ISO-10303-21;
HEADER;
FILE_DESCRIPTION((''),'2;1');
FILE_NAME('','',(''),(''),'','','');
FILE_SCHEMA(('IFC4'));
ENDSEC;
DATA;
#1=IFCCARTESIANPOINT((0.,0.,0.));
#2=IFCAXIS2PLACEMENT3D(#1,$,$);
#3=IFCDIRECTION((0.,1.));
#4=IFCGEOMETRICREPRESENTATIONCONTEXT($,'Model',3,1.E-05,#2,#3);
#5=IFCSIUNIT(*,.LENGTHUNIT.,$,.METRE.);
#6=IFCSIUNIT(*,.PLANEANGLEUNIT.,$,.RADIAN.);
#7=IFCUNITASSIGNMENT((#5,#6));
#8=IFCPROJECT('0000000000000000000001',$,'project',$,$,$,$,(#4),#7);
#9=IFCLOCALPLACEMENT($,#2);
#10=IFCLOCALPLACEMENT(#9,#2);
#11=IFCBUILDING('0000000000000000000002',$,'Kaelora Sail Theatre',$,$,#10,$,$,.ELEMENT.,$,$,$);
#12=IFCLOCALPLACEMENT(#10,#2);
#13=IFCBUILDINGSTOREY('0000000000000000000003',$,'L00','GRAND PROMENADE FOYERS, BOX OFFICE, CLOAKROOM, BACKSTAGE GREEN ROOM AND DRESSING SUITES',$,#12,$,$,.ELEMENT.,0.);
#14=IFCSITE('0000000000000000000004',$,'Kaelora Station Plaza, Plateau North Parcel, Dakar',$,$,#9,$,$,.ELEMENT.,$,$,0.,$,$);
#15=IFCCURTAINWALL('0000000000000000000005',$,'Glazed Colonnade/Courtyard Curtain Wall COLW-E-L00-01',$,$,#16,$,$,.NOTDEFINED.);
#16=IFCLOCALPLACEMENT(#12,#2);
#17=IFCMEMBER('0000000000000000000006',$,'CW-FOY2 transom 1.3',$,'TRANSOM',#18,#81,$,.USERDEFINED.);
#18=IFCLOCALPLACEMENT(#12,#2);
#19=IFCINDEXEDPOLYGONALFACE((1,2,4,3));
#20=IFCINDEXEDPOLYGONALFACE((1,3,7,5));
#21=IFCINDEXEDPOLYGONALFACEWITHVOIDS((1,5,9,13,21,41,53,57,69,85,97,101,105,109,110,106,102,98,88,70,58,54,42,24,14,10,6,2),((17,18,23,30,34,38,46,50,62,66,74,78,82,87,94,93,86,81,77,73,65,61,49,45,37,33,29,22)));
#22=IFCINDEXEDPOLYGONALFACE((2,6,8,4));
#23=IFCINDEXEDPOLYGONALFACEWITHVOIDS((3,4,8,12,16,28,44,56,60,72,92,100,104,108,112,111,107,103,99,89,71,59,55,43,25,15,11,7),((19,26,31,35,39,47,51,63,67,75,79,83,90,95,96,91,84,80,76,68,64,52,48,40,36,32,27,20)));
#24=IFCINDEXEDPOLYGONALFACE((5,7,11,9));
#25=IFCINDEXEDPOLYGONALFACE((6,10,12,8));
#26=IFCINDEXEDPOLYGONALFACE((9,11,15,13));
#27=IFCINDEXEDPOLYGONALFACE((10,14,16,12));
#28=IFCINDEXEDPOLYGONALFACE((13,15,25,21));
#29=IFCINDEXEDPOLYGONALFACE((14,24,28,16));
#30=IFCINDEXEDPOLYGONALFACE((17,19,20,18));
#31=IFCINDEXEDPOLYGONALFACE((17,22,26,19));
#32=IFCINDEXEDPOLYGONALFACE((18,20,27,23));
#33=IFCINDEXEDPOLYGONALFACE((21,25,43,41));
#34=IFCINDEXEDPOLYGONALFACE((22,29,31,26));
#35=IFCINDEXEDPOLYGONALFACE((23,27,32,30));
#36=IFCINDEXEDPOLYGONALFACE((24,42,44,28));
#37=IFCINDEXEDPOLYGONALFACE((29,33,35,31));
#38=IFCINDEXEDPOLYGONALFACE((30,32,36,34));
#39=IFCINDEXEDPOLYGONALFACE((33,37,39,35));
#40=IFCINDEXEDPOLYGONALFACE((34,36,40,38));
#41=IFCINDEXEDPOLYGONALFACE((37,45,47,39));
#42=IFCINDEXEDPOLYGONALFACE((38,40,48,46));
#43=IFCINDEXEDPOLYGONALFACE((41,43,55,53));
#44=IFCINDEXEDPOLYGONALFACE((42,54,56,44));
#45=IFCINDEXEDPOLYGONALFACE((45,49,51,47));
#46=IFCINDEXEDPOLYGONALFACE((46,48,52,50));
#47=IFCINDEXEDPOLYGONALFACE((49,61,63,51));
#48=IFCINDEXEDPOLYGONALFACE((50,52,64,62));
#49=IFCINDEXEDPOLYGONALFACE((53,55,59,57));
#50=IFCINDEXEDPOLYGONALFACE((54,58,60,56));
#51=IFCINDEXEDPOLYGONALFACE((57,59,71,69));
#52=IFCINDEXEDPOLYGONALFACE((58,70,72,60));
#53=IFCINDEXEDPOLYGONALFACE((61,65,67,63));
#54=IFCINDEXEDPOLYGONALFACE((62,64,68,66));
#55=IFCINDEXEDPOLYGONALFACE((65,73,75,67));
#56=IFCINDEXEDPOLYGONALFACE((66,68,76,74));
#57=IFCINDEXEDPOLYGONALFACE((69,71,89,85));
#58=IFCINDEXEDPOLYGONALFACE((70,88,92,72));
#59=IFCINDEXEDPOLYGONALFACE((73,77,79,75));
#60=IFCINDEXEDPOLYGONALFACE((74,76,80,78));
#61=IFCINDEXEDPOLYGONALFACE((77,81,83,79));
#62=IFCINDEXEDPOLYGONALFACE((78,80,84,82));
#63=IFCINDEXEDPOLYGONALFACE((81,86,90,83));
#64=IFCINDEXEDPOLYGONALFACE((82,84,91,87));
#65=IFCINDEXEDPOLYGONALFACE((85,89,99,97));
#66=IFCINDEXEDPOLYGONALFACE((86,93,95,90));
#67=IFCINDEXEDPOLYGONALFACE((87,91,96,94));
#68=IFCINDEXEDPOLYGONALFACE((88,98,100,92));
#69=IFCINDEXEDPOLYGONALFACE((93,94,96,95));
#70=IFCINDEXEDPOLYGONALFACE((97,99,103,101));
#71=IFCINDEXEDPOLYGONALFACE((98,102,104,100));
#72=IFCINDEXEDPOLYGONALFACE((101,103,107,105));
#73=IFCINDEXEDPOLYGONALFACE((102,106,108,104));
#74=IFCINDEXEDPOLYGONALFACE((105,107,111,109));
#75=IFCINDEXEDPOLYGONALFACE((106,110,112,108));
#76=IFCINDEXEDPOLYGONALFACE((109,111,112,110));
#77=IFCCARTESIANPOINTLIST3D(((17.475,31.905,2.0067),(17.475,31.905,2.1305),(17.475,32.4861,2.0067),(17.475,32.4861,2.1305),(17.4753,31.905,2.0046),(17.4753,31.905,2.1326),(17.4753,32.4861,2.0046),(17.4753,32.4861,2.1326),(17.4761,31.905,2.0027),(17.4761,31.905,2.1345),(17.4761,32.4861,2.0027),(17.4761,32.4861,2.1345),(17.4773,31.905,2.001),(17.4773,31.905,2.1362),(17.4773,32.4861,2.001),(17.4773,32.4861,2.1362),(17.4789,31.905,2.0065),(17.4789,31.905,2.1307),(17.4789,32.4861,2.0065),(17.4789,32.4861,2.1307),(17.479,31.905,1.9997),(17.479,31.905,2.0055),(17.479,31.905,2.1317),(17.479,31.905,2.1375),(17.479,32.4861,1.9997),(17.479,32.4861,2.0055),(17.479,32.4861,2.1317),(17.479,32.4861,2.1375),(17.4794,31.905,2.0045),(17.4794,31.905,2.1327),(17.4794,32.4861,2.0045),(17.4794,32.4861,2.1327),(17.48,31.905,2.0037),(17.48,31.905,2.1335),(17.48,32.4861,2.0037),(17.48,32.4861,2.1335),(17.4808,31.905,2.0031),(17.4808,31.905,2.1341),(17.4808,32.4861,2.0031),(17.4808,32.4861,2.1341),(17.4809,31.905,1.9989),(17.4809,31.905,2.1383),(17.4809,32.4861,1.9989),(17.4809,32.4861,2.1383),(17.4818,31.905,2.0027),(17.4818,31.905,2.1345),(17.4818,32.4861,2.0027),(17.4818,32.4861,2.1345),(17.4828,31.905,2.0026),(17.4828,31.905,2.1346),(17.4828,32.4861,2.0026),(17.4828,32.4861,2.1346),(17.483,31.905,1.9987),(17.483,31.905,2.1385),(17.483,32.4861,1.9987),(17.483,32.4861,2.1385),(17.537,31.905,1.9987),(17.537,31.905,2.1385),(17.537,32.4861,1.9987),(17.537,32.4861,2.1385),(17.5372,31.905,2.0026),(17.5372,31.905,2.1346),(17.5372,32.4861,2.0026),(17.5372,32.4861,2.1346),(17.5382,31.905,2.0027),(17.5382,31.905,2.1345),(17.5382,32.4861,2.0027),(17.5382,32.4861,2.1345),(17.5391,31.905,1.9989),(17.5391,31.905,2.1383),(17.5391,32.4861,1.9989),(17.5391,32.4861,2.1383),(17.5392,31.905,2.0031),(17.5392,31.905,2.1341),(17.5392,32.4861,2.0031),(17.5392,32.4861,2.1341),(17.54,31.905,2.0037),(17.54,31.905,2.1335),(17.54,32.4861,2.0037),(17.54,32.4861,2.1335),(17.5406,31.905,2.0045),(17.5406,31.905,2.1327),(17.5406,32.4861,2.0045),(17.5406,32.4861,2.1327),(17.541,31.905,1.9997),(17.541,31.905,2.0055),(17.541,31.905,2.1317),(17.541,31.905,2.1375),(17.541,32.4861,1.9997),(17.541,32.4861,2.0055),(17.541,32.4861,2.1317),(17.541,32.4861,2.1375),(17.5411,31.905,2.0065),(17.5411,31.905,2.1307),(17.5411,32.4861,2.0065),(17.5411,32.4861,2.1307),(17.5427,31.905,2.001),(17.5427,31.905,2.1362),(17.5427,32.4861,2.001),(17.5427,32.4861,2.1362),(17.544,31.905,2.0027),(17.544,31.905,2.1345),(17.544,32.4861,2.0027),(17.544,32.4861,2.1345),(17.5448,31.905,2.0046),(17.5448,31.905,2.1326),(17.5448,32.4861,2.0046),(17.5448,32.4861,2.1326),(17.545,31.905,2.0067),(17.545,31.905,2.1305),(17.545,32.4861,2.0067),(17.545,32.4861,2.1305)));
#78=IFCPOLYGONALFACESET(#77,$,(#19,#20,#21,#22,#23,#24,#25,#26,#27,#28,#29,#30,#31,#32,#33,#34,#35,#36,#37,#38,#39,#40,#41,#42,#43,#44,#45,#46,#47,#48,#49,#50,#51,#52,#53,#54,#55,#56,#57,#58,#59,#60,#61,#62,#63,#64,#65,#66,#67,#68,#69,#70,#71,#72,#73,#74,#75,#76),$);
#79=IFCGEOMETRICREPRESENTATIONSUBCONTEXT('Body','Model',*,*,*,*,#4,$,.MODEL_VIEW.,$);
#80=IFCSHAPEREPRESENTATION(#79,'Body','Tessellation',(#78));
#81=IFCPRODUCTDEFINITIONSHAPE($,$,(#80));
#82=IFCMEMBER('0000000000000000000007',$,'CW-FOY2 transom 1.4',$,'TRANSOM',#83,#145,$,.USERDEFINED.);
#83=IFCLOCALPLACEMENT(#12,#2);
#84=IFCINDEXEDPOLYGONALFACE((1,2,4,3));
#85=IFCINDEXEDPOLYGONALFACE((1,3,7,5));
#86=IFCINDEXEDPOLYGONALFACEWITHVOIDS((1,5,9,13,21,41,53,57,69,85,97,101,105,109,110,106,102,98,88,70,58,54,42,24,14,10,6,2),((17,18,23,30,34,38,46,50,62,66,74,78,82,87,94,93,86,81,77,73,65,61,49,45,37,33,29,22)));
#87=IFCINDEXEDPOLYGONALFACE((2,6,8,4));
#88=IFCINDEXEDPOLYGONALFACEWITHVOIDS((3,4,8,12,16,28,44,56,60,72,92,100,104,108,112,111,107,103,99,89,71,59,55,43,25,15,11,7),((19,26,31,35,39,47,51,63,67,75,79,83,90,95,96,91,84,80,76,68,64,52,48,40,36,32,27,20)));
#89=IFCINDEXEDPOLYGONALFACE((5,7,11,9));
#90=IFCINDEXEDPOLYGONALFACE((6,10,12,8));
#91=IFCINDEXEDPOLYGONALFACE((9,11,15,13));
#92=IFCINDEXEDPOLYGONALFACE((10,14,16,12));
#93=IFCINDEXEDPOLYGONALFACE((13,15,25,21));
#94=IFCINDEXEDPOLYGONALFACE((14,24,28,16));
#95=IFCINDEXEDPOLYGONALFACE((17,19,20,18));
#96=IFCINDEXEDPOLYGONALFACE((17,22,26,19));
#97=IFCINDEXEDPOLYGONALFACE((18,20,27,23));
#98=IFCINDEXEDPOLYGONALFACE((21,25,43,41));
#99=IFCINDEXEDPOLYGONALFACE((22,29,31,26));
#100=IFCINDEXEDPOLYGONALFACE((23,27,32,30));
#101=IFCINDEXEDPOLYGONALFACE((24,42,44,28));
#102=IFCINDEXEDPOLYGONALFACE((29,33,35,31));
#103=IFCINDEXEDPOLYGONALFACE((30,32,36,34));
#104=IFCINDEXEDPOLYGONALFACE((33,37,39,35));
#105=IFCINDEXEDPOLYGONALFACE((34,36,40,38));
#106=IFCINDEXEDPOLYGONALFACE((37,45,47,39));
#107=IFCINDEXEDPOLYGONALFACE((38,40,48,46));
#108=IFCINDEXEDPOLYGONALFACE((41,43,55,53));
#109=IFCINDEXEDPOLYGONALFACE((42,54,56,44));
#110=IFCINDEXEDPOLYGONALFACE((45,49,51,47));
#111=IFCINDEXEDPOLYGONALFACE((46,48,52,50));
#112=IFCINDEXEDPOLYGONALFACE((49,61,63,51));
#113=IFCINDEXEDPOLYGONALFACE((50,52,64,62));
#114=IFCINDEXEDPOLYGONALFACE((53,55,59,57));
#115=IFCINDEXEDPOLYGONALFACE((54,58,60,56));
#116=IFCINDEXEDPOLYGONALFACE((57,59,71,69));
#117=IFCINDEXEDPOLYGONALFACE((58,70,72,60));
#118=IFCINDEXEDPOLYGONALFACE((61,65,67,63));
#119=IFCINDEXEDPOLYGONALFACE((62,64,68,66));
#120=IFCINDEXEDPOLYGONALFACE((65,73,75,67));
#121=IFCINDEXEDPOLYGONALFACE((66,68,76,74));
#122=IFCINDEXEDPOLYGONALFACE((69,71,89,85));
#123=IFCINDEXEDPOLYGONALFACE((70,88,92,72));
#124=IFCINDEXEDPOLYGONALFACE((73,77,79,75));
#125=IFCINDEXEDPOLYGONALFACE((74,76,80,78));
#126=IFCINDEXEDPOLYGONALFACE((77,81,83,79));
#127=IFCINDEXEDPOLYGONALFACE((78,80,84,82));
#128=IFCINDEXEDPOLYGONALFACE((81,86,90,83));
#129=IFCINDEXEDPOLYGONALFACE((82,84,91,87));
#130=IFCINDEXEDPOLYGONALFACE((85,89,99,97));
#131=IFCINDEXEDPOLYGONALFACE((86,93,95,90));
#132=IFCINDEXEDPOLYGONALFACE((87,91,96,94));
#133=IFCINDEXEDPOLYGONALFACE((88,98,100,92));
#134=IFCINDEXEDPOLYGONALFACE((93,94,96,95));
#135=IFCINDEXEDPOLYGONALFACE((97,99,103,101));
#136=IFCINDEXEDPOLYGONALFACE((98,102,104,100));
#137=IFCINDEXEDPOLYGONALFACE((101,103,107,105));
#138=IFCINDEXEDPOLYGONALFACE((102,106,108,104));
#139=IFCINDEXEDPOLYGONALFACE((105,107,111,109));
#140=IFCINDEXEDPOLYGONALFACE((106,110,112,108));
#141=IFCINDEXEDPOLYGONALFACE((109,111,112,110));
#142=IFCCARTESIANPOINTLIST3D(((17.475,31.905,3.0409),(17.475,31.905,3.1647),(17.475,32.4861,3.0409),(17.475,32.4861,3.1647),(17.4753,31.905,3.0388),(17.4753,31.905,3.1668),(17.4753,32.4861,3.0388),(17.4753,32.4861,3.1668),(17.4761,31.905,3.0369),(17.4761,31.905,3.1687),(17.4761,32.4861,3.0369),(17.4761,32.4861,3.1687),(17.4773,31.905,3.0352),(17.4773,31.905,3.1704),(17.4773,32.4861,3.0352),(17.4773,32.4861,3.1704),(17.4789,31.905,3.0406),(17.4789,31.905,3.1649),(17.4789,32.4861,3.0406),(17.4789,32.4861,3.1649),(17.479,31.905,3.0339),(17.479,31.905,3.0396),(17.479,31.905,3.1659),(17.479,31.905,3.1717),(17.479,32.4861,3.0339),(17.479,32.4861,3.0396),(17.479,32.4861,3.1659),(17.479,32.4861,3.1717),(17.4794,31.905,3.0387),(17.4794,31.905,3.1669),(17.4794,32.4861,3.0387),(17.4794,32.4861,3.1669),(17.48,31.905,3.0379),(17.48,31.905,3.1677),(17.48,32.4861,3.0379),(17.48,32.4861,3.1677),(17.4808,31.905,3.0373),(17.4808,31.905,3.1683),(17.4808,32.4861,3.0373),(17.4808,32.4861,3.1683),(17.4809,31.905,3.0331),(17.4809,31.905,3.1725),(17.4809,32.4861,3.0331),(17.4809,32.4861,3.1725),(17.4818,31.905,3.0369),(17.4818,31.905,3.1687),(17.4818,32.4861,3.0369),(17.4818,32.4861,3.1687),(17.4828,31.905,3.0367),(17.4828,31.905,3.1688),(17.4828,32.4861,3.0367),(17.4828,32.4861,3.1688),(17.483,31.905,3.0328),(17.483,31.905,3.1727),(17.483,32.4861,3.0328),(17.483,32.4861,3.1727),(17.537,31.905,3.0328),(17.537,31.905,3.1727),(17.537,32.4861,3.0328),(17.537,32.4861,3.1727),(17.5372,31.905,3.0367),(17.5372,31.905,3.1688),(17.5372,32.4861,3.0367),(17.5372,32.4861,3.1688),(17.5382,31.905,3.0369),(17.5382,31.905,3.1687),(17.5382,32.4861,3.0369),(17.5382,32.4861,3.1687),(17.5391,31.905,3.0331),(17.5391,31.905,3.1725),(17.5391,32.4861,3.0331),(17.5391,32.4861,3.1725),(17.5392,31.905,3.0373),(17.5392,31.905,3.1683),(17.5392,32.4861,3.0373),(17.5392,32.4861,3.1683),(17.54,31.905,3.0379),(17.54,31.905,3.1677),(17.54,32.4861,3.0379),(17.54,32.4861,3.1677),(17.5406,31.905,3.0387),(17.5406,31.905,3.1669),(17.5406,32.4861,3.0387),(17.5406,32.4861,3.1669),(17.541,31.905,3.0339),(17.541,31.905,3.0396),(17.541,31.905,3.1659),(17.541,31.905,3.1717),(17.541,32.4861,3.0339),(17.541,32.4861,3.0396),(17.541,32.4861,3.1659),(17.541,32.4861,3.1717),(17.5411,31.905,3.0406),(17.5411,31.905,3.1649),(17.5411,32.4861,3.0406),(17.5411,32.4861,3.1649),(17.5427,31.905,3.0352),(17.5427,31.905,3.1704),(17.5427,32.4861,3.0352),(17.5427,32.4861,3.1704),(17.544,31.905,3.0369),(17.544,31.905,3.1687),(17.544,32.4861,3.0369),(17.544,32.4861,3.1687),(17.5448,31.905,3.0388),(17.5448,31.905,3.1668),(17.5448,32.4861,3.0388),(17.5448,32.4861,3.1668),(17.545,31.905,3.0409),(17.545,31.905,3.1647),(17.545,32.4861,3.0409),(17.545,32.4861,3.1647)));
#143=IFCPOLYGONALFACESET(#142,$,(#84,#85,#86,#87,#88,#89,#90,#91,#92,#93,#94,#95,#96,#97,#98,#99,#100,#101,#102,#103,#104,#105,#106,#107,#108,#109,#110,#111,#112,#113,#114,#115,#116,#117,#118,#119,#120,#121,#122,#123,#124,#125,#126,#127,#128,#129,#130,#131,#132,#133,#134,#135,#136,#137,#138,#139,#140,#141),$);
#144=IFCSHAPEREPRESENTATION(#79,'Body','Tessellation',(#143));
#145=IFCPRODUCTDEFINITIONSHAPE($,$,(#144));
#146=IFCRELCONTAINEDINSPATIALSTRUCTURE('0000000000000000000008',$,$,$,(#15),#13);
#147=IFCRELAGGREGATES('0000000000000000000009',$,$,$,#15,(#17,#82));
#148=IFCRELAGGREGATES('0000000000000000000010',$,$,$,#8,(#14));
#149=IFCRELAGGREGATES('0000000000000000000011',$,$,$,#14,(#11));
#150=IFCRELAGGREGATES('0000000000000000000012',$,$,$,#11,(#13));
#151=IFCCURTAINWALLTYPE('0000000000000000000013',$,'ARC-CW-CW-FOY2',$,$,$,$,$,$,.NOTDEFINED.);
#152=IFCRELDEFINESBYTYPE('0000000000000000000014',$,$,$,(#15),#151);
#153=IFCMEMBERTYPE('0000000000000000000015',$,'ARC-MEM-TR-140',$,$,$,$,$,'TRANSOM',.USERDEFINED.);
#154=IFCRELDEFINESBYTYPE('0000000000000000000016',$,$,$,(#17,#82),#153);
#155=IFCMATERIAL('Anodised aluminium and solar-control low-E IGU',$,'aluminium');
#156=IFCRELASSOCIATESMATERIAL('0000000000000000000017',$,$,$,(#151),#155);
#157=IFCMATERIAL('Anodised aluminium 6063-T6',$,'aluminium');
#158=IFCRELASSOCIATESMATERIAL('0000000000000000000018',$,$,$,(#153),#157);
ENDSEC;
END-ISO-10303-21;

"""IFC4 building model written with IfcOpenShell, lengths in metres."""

from ifc_helpers import new_model, si_unit, direction, frame, origin, origin_2d, place, context, subcontext, project, spatial, hollow_rectangle, extrude, material, material_profile, profile_set, type_object, element, aggregate, save


model = new_model("IFC4")

# Units and contexts
model_context = context("Model", 3, precision=1e-05, world=origin(), true_north=direction((0.0, 1.0)))
body_context = subcontext(model_context, "Body", "Model", "MODEL_VIEW")
ifc_project = project(units=[si_unit("LENGTHUNIT", "METRE"), si_unit("PLANEANGLEUNIT", "RADIAN")], contexts=[model_context])

# Site, building, storey
site_placement = place(None, origin())
site = spatial("IfcSite", under=ifc_project, at=site_placement, Name="Kaelora Station Plaza, Plateau North Parcel, Dakar", CompositionType="ELEMENT", RefElevation=0.0)
building_placement = place(site_placement, origin())
building = spatial("IfcBuilding", under=site, at=building_placement, Name="Kaelora Sail Theatre", CompositionType="ELEMENT")
storey_placement = place(building_placement, origin())
storey = spatial("IfcBuildingStorey", under=building, at=storey_placement, Name="L00", Description="GRAND PROMENADE FOYERS, BOX OFFICE, CLOAKROOM, BACKSTAGE GREEN ROOM AND DRESSING SUITES", CompositionType="ELEMENT", Elevation=0.0)

# Curtain wall, members
ifc_material_1 = material(Name="Anodised aluminium and solar-control low-E IGU", Category="aluminium")
curtain_wall_type = type_object("IfcCurtainWallType", Name="ARC-CW-CW-FOY2", PredefinedType="NOTDEFINED", material=ifc_material_1)
curtain_wall_placement = place(storey_placement, origin())
curtain_wall = element("IfcCurtainWall", 1, at=curtain_wall_placement, inside=storey, type_object=curtain_wall_type, Name="Glazed Colonnade/Courtyard Curtain Wall COLW-E-L00-01", PredefinedType="NOTDEFINED")
ifc_material_2 = material(Name="Anodised aluminium 6063-T6", Category="aluminium")
ifc_material_profile = material_profile(ifc_material_2, hollow_rectangle(XDim=0.0701, YDim=0.1399, WallThickness=0.0039, InnerFilletRadius=0.0039, OuterFilletRadius=0.0081, at=origin_2d()), Name="ALU-TRAN 70x140x4")
ifc_profile_set = profile_set([ifc_material_profile], Name="Anodised aluminium 6063-T6")
member_type = type_object("IfcMemberType", Name="ARC-MEM-TR-140", ElementType="TRANSOM", PredefinedType="USERDEFINED", material=ifc_profile_set)
member_1_placement = place(storey_placement, frame((17.51, 31.905, 2.0686), z_axis=(0.0, 1.0, 0.0), x_axis=(-1.0, 0.0, 0.0)))
member_1 = element("IfcMember", 2, at=member_1_placement, type_object=member_type, Name="CW-FOY2 transom 1.3", ObjectType="TRANSOM", PredefinedType="USERDEFINED", context=body_context, shape_type="SweptSolid", body=[
    extrude(hollow_rectangle(XDim=0.0701, YDim=0.1399, WallThickness=0.0039, InnerFilletRadius=0.0039, OuterFilletRadius=0.0081, at=origin_2d()), origin(), (0.0, 0.0, 1.0), 0.5811),
])
member_2_placement = place(storey_placement, frame((17.51, 31.905, 3.1028), z_axis=(0.0, 1.0, 0.0), x_axis=(-1.0, 0.0, 0.0)))
member_2 = element("IfcMember", 3, at=member_2_placement, type_object=member_type, Name="CW-FOY2 transom 1.4", ObjectType="TRANSOM", PredefinedType="USERDEFINED", context=body_context, shape_type="SweptSolid", body=[
    extrude(hollow_rectangle(XDim=0.0701, YDim=0.1399, WallThickness=0.0039, InnerFilletRadius=0.0039, OuterFilletRadius=0.0081, at=origin_2d()), origin(), (0.0, 0.0, 1.0), 0.5811),
])
aggregate(curtain_wall, [member_1, member_2])

save(model, "model.ifc")
